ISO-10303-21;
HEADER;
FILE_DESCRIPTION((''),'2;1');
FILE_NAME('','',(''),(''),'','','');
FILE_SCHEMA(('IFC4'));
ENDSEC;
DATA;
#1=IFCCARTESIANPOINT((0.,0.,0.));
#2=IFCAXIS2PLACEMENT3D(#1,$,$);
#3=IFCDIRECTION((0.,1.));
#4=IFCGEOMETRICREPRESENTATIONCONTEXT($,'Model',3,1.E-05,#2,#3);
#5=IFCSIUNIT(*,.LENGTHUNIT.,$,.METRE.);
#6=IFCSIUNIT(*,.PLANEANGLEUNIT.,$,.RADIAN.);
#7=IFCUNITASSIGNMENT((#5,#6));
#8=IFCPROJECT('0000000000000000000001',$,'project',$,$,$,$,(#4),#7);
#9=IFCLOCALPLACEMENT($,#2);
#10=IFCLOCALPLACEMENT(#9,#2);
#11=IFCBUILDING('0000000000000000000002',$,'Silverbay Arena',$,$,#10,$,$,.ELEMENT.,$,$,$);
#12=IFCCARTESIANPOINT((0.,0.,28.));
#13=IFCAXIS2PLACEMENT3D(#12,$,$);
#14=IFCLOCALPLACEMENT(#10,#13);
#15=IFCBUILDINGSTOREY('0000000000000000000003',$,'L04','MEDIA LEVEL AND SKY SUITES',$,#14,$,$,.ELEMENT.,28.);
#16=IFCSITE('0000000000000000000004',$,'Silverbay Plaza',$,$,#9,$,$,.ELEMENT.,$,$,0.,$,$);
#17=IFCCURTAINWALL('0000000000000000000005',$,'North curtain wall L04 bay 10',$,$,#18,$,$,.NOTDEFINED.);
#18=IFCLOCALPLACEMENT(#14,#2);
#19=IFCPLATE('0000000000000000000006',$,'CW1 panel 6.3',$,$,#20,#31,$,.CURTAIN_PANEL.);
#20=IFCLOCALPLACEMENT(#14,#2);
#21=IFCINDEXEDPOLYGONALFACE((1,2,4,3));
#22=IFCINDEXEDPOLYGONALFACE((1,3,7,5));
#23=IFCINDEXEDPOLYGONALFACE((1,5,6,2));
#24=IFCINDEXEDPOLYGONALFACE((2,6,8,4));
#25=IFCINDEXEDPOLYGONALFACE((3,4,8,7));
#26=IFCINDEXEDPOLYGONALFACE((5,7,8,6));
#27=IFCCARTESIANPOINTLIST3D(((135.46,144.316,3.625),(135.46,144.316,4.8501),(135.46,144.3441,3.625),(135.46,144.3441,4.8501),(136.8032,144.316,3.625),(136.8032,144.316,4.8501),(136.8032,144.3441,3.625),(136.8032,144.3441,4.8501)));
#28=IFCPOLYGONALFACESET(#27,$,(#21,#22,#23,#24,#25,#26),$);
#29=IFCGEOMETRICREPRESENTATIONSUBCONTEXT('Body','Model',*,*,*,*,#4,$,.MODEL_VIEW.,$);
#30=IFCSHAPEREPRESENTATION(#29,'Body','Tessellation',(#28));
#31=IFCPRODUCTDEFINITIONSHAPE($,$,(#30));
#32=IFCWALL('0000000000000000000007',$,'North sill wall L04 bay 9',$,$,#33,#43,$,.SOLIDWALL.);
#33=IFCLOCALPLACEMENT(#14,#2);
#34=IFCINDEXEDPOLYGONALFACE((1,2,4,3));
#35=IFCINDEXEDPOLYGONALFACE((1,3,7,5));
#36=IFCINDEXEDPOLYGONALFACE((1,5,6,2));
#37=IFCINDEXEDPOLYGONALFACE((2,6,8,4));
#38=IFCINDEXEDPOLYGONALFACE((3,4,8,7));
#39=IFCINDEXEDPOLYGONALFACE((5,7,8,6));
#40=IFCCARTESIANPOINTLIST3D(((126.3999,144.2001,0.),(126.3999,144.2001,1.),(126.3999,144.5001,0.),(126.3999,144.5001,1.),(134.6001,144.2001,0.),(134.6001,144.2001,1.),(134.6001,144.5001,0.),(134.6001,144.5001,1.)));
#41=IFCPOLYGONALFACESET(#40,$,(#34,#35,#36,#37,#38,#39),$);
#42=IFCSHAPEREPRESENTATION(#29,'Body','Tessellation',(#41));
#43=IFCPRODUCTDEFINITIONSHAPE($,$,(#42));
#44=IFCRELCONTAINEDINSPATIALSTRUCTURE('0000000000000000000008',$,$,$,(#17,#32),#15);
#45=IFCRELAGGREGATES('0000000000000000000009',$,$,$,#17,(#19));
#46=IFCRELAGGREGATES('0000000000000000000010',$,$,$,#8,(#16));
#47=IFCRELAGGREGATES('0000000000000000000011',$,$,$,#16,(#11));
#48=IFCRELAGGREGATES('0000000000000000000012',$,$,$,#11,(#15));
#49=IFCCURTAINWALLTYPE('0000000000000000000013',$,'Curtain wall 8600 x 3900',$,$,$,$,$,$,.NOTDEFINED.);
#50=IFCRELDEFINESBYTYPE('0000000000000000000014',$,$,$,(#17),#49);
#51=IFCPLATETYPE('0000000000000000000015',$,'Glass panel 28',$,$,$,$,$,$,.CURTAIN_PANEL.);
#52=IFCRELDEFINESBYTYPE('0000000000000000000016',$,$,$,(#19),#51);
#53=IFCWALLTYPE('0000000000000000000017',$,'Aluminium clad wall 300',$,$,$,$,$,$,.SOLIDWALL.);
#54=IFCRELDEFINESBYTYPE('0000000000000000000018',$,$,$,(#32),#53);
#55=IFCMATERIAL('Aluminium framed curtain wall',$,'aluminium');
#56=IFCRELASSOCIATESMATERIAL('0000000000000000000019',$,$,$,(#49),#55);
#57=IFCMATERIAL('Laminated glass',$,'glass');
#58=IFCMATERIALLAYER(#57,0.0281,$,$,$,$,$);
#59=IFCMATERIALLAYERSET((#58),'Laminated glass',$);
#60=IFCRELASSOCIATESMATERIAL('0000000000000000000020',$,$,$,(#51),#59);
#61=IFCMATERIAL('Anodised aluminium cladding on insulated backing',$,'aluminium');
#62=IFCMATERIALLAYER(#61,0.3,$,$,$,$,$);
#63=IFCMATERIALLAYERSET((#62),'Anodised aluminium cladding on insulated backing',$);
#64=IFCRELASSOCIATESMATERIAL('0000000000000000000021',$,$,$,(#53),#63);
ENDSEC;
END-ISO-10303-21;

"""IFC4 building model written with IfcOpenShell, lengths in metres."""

from ifc_helpers import new_model, si_unit, direction, frame, frame_2d, origin, origin_2d, place, context, subcontext, project, spatial, rectangle, extrude, material, layer, layer_set, type_object, element, aggregate, save


model = new_model("IFC4")

# Units and contexts
model_context = context("Model", 3, precision=1e-05, world=origin(), true_north=direction((0.0, 1.0)))
body_context = subcontext(model_context, "Body", "Model", "MODEL_VIEW")
ifc_project = project(units=[si_unit("LENGTHUNIT", "METRE"), si_unit("PLANEANGLEUNIT", "RADIAN")], contexts=[model_context])

# Site, building, storey
site_placement = place(None, origin())
site = spatial("IfcSite", under=ifc_project, at=site_placement, Name="Silverbay Plaza", CompositionType="ELEMENT", RefElevation=0.0)
building_placement = place(site_placement, origin())
building = spatial("IfcBuilding", under=site, at=building_placement, Name="Silverbay Arena", CompositionType="ELEMENT")
storey_placement = place(building_placement, frame((0.0, 0.0, 28.0)))
storey = spatial("IfcBuildingStorey", under=building, at=storey_placement, Name="L04", Description="MEDIA LEVEL AND SKY SUITES", CompositionType="ELEMENT", Elevation=28.0)

# Curtain wall
ifc_material_1 = material(Name="Aluminium framed curtain wall", Category="aluminium")
curtain_wall_type_1 = type_object("IfcCurtainWallType", Name="Curtain wall 8600 x 3900", PredefinedType="NOTDEFINED", material=ifc_material_1)
curtain_wall_1_placement = place(storey_placement, origin())
curtain_wall_1 = element("IfcCurtainWall", 1, at=curtain_wall_1_placement, inside=storey, type_object=curtain_wall_type_1, Name="North curtain wall L04 bay 10", PredefinedType="NOTDEFINED")

# Plate
ifc_material_2 = material(Name="Laminated glass", Category="glass")
ifc_layer_1 = layer(ifc_material_2, 0.0281)
ifc_layer_set_1 = layer_set([ifc_layer_1], Name="Laminated glass")
plate_type = type_object("IfcPlateType", Name="Glass panel 28", PredefinedType="CURTAIN_PANEL", material=ifc_layer_set_1)
plate_1_placement = place(storey_placement, frame((136.1316, 144.3301, 3.625), z_axis=(0.0, 0.0, 1.0), x_axis=(-1.0, 0.0, 0.0)))
plate_1 = element("IfcPlate", 2, at=plate_1_placement, type_object=plate_type, Name="CW1 panel 6.3", PredefinedType="CURTAIN_PANEL", context=body_context, shape_type="SweptSolid", body=[
    extrude(rectangle(XDim=1.3433, YDim=0.0281, at=origin_2d()), origin(), (0.0, 0.0, 1.0), 1.2251),
])
aggregate(curtain_wall_1, [plate_1])

# Wall
ifc_material_3 = material(Name="Anodised aluminium cladding on insulated backing", Category="aluminium")
ifc_layer_2 = layer(ifc_material_3, 0.3)
ifc_layer_set_2 = layer_set([ifc_layer_2], Name="Anodised aluminium cladding on insulated backing")
wall_type = type_object("IfcWallType", Name="Aluminium clad wall 300", PredefinedType="SOLIDWALL", material=ifc_layer_set_2)
wall_placement = place(storey_placement, frame((134.6001, 144.3501, 0.0), z_axis=(0.0, 0.0, 1.0), x_axis=(-1.0, 0.0, 0.0)))
element("IfcWall", 3, at=wall_placement, inside=storey, type_object=wall_type, Name="North sill wall L04 bay 9", PredefinedType="SOLIDWALL", context=body_context, shape_type="SweptSolid", body=[
    extrude(rectangle(XDim=8.2002, YDim=0.3, at=frame_2d((4.1001, 0.0))), origin(), (0.0, 0.0, 1.0), 1.0),
])

save(model, "model.ifc")
